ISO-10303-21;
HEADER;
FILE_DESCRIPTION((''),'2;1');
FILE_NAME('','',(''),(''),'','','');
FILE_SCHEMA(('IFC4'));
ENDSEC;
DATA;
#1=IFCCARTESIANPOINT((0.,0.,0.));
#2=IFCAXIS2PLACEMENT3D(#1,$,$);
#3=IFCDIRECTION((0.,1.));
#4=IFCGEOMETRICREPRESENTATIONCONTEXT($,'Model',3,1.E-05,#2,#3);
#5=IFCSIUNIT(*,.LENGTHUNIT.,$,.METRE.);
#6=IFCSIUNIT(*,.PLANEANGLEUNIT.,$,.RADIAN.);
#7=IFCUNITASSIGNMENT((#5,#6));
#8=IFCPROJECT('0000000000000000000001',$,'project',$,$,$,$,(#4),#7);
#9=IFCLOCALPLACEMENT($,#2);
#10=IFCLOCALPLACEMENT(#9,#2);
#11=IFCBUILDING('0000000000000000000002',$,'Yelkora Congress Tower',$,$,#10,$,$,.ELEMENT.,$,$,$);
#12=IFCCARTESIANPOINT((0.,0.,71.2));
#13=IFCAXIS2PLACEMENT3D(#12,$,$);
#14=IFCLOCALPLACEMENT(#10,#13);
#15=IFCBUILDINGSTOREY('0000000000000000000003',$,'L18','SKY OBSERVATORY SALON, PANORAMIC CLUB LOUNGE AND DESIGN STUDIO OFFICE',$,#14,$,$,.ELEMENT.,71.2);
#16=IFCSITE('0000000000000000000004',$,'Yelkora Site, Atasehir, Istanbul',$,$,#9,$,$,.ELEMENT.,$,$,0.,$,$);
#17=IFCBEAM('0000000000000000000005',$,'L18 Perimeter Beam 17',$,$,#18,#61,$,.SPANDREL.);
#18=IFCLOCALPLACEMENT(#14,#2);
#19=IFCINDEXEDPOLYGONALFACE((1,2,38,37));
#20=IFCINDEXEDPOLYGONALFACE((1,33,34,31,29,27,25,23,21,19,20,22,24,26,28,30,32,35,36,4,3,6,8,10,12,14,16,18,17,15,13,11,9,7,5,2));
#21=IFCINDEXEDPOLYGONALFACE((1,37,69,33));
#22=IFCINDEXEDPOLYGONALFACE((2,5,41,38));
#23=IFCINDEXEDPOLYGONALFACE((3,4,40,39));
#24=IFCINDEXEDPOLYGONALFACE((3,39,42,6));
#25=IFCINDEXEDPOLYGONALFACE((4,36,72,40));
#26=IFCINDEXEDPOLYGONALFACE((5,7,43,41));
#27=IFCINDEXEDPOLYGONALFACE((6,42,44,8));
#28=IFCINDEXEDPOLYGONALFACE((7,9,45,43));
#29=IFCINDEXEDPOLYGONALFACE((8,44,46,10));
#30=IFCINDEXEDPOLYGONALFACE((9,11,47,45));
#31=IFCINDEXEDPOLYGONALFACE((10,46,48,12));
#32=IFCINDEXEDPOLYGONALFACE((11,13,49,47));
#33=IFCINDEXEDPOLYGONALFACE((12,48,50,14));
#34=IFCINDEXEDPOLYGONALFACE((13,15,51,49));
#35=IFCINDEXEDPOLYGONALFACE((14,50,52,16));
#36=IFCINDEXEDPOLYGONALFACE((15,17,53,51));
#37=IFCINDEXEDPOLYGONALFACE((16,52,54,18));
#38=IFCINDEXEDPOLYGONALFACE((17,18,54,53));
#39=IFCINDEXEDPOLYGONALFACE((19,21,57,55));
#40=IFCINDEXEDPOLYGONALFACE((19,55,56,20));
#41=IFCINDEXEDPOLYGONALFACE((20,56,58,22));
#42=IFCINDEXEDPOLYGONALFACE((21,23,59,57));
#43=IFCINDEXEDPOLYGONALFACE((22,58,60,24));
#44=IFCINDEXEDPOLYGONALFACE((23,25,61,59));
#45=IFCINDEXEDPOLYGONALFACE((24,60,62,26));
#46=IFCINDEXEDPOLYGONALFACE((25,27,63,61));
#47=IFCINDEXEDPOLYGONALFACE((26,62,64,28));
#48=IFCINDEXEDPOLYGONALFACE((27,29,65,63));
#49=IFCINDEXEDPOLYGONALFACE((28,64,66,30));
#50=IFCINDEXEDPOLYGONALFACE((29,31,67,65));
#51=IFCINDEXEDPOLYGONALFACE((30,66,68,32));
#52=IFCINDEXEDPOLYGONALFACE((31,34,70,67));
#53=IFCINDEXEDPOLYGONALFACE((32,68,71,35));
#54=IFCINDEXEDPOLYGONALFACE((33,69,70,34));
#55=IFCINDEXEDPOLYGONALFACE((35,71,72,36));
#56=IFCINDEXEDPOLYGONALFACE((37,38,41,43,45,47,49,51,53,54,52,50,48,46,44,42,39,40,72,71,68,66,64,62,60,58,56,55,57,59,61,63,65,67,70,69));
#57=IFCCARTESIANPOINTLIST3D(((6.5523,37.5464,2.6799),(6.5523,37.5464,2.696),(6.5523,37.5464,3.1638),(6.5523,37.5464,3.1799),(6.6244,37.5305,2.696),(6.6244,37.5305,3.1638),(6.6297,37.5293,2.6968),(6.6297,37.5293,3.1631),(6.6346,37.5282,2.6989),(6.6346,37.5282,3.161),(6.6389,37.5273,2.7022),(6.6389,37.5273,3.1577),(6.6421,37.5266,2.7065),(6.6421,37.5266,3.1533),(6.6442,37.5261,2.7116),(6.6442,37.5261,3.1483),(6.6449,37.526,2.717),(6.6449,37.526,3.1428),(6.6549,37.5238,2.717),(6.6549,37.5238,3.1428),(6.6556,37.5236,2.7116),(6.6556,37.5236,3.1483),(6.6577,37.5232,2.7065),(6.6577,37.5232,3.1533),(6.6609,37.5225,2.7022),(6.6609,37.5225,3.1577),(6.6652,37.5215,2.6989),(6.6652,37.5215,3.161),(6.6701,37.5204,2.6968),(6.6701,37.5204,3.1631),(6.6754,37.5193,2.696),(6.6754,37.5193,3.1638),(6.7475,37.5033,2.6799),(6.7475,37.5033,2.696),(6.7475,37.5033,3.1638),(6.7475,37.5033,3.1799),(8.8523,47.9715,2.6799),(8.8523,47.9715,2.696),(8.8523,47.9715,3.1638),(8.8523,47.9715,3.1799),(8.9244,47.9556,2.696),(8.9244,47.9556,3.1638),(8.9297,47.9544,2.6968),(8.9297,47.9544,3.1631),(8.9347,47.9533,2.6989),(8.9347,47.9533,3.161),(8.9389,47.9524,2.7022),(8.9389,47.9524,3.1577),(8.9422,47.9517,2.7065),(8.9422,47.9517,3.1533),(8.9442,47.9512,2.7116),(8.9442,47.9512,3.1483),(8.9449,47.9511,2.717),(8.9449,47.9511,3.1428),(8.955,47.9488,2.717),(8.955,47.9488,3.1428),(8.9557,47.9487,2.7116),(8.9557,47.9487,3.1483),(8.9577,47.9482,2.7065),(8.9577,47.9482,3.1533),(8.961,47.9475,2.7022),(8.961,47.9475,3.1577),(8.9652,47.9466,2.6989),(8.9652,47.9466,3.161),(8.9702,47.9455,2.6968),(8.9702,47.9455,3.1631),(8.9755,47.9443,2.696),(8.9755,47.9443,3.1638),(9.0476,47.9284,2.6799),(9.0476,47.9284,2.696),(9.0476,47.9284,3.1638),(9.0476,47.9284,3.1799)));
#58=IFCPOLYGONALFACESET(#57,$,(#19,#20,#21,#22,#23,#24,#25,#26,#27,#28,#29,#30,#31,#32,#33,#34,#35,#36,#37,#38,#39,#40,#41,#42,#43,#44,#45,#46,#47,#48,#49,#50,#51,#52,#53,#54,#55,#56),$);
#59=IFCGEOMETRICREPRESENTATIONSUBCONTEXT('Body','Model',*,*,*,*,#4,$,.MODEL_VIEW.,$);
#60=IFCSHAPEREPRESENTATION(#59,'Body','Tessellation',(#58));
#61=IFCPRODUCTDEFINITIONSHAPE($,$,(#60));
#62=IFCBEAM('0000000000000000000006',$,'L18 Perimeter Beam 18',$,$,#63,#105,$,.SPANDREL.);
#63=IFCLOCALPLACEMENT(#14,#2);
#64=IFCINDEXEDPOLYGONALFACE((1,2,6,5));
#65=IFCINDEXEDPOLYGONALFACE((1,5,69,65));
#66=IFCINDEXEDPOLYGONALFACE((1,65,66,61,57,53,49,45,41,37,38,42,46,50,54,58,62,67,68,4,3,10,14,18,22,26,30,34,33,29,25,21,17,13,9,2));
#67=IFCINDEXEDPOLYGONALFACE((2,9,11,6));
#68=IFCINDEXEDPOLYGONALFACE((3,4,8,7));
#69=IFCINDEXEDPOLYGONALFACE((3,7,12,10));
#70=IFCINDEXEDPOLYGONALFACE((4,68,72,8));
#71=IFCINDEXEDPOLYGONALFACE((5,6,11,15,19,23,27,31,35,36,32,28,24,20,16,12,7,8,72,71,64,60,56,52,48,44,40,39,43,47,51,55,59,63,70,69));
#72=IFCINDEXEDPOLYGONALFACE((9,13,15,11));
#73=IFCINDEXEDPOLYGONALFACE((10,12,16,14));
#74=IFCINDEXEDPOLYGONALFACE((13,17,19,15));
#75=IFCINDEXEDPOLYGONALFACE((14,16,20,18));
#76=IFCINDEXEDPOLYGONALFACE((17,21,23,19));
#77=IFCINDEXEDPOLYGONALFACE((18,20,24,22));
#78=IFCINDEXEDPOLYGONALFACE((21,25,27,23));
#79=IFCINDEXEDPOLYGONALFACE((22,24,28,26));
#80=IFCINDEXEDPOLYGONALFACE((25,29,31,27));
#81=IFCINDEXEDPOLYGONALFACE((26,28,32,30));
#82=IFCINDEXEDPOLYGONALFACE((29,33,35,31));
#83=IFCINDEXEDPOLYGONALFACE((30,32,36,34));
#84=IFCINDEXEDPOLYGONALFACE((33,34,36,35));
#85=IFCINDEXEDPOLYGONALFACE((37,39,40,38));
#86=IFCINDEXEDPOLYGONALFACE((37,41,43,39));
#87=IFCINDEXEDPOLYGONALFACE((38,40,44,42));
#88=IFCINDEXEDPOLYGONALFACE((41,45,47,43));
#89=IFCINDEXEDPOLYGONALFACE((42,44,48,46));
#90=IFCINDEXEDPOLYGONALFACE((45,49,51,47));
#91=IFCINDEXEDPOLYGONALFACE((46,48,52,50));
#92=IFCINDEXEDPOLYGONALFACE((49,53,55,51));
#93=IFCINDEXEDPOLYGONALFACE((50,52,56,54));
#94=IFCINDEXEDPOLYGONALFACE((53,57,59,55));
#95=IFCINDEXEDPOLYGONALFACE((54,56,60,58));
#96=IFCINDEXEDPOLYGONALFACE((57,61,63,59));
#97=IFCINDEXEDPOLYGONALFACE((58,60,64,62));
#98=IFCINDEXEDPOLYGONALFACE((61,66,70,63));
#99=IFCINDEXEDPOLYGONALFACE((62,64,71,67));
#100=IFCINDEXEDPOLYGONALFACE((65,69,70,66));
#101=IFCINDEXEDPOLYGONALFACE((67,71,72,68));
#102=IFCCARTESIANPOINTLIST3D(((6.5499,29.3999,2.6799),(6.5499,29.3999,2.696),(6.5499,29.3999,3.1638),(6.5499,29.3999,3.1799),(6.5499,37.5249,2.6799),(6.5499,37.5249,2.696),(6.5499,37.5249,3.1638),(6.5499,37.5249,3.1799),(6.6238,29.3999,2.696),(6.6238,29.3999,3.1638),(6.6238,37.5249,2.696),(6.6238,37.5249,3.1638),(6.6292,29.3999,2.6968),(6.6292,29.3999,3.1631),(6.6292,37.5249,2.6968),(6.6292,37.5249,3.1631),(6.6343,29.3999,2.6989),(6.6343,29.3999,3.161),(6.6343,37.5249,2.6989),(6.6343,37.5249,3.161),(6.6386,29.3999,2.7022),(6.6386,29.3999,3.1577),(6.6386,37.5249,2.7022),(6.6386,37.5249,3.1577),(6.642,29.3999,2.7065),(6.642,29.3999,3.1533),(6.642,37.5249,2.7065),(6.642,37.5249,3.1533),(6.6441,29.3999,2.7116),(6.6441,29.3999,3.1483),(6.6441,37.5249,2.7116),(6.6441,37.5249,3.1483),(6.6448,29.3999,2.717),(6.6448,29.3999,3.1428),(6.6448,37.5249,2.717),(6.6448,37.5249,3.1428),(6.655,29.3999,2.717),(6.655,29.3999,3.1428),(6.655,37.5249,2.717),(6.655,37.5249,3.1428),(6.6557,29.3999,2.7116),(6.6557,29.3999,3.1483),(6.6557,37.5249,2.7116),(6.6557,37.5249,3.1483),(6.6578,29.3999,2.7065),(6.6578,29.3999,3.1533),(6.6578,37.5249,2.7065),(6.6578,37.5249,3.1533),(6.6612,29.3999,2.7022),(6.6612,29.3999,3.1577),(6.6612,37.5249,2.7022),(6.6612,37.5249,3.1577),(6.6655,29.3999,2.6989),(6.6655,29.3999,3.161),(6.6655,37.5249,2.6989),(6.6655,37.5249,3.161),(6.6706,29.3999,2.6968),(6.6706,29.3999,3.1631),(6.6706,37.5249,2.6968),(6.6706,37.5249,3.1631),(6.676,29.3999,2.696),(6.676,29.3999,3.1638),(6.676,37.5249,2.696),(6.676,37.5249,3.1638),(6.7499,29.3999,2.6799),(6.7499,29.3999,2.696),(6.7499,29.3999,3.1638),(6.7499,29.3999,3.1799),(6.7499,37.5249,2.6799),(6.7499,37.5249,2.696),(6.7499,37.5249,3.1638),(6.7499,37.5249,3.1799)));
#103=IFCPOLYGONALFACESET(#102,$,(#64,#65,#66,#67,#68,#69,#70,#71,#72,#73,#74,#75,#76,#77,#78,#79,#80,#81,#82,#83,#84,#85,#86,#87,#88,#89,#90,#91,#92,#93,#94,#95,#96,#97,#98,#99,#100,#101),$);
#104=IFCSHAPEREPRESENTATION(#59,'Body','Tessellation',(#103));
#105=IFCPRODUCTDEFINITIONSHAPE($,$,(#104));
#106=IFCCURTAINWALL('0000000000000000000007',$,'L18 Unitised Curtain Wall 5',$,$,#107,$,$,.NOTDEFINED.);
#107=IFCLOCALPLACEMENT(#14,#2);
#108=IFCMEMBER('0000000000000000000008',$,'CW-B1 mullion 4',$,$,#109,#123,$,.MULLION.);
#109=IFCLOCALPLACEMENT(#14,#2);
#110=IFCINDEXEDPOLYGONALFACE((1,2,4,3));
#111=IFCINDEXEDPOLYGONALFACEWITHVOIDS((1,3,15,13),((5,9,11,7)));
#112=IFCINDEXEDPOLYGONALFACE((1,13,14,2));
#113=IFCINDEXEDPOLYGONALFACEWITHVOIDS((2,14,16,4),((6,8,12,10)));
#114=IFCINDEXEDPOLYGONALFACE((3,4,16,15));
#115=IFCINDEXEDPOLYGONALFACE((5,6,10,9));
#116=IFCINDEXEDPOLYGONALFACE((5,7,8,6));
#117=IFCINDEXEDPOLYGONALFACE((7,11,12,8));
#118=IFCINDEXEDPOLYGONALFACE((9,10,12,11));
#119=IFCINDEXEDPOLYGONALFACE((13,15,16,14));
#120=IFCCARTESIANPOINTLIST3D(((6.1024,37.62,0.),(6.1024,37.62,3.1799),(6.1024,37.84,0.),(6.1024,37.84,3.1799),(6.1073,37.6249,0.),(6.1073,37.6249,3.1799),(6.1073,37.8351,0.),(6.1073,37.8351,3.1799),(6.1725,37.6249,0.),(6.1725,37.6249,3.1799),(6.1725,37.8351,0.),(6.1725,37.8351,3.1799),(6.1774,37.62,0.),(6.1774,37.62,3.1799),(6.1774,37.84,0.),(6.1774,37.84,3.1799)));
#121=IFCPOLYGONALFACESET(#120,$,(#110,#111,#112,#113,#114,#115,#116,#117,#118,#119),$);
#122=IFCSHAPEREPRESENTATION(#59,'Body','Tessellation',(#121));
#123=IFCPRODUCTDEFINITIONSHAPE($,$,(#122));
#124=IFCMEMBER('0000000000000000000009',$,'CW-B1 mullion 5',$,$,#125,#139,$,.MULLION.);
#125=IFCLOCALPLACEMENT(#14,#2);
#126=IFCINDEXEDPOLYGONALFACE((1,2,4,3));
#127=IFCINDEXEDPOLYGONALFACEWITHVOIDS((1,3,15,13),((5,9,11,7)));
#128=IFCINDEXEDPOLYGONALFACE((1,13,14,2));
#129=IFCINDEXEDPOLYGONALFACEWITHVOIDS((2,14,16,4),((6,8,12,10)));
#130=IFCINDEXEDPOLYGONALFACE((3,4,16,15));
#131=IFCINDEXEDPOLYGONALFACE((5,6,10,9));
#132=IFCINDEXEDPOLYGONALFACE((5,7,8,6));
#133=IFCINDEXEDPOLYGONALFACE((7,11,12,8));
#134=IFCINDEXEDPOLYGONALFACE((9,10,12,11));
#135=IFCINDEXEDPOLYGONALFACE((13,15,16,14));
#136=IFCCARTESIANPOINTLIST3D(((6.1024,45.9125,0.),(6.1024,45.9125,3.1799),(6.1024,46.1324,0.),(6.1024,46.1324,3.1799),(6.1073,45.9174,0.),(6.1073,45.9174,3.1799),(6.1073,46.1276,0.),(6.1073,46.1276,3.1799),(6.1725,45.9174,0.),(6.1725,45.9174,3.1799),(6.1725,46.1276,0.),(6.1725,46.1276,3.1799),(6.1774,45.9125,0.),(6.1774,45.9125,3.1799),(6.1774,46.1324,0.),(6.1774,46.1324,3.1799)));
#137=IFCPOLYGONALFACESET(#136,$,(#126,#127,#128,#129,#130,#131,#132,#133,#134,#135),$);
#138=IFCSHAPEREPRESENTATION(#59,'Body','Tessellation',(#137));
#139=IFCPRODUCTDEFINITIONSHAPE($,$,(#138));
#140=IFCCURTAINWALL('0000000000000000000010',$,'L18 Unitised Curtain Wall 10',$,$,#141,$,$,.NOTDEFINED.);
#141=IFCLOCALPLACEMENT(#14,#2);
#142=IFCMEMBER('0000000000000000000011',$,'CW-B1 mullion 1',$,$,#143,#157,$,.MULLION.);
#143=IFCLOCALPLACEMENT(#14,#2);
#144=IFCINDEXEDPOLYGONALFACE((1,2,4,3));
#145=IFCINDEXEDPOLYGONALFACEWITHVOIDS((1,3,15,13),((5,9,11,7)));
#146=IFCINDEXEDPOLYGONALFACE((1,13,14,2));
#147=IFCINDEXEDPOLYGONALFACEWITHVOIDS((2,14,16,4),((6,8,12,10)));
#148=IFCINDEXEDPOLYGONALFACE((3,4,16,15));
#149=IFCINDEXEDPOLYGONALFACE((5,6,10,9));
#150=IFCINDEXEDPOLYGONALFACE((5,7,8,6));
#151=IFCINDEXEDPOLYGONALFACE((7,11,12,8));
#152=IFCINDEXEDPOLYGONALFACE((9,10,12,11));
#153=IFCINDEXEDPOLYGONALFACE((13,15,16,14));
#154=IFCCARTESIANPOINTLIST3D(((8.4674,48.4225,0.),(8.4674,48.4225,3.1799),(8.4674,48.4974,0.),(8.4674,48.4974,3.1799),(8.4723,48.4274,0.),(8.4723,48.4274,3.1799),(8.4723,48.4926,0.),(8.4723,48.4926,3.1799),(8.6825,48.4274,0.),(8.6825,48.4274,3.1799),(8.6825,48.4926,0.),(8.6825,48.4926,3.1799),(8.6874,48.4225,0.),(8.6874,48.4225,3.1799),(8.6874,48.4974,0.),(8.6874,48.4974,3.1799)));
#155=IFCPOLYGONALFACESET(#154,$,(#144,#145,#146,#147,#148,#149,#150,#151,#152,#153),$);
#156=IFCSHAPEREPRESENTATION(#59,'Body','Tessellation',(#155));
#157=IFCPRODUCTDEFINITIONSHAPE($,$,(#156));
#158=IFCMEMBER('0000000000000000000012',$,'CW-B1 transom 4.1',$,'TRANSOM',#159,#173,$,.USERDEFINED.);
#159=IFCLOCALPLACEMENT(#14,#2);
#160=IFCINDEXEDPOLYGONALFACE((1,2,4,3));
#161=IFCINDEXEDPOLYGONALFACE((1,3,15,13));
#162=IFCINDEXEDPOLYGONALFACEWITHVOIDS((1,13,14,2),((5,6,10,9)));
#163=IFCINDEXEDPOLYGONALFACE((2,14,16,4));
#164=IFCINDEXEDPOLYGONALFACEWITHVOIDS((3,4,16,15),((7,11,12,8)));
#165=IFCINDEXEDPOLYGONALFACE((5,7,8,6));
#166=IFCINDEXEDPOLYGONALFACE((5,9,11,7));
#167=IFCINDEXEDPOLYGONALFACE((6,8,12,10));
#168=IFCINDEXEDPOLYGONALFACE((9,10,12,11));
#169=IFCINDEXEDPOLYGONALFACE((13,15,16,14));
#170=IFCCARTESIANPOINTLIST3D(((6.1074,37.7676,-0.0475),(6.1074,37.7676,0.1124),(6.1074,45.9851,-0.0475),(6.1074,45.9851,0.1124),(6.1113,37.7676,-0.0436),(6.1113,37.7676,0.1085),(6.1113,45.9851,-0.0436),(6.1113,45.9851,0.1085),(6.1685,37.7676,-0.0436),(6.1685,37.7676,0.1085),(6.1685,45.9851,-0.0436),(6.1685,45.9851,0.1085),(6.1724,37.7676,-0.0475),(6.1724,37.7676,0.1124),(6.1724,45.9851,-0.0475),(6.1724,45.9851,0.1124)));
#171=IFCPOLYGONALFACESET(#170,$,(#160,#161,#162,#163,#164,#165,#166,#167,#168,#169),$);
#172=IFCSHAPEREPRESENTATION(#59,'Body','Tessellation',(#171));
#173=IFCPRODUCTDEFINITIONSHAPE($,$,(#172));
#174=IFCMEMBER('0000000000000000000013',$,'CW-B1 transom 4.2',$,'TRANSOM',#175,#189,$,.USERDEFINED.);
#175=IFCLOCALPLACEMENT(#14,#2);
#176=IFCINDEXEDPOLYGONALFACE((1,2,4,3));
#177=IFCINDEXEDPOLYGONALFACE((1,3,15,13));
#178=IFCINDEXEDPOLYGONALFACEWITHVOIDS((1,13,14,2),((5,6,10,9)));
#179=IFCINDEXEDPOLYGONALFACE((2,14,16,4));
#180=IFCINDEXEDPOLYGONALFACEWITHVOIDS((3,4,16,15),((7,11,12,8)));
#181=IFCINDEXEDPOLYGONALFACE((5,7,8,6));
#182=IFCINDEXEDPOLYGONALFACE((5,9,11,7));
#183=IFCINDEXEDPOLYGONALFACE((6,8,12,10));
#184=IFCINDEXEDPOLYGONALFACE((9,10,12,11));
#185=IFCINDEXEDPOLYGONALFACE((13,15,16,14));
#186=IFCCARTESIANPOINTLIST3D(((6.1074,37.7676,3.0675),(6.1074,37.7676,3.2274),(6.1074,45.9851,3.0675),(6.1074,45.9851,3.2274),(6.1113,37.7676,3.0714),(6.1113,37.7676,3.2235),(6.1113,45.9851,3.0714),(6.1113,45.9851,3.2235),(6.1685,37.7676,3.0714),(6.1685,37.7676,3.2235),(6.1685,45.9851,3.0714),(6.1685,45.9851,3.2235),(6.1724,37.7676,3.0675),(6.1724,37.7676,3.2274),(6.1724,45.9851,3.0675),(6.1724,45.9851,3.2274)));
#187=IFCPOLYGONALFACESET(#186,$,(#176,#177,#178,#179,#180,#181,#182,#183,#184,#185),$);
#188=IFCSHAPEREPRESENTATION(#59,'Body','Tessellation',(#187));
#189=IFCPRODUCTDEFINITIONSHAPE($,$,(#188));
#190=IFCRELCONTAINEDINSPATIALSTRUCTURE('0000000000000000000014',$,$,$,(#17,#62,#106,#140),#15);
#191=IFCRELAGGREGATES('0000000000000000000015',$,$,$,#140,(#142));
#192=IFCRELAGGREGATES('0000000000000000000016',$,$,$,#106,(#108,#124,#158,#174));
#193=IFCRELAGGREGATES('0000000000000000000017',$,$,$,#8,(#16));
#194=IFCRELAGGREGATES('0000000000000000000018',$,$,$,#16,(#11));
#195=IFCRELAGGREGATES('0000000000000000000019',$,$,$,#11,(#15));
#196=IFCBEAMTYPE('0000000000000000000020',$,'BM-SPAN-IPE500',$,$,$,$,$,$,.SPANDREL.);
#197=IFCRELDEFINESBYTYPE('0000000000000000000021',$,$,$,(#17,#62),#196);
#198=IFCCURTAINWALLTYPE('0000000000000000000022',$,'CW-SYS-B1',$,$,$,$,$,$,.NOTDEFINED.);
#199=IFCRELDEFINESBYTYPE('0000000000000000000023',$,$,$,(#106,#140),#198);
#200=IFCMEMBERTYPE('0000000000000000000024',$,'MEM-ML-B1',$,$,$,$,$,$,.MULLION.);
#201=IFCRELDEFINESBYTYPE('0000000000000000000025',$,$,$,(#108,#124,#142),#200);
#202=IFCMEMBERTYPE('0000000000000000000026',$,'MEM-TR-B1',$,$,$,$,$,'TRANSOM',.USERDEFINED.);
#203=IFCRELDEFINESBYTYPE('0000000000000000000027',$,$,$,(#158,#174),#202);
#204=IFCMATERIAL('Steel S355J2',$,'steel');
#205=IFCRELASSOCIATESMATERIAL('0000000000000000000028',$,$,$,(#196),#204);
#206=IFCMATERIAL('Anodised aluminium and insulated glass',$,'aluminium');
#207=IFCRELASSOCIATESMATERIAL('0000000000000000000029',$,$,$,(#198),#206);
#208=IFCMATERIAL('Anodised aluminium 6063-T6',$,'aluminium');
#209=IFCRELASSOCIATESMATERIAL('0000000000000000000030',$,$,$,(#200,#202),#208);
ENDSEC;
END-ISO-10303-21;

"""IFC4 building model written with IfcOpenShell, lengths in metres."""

from ifc_helpers import new_model, si_unit, direction, frame, origin, origin_2d, place, context, subcontext, project, spatial, hollow_rectangle, i_section, extrude, material, material_profile, profile_set, type_object, element, aggregate, save


model = new_model("IFC4")

# Units and contexts
model_context = context("Model", 3, precision=1e-05, world=origin(), true_north=direction((0.0, 1.0)))
body_context = subcontext(model_context, "Body", "Model", "MODEL_VIEW")
ifc_project = project(units=[si_unit("LENGTHUNIT", "METRE"), si_unit("PLANEANGLEUNIT", "RADIAN")], contexts=[model_context])

# Site, building, storey
site_placement = place(None, origin())
site = spatial("IfcSite", under=ifc_project, at=site_placement, Name="Yelkora Site, Atasehir, Istanbul", CompositionType="ELEMENT", RefElevation=0.0)
building_placement = place(site_placement, origin())
building = spatial("IfcBuilding", under=site, at=building_placement, Name="Yelkora Congress Tower", CompositionType="ELEMENT")
storey_placement = place(building_placement, frame((0.0, 0.0, 71.2)))
storey = spatial("IfcBuildingStorey", under=building, at=storey_placement, Name="L18", Description="SKY OBSERVATORY SALON, PANORAMIC CLUB LOUNGE AND DESIGN STUDIO OFFICE", CompositionType="ELEMENT", Elevation=71.2)

# Beams
ifc_material_1 = material(Name="Steel S355J2", Category="steel")
ifc_material_profile_1 = material_profile(ifc_material_1, i_section(OverallWidth=0.2, OverallDepth=0.5, WebThickness=0.0103, FlangeThickness=0.0161, FilletRadius=0.021, at=origin_2d()), Name="IPE 500")
ifc_profile_set_1 = profile_set([ifc_material_profile_1], Name="Steel S355J2")
beam_type_1 = type_object("IfcBeamType", Name="BM-SPAN-IPE500", PredefinedType="SPANDREL", material=ifc_profile_set_1)
beam_1_placement = place(storey_placement, frame((8.95, 47.95, 2.9299), z_axis=(-0.215446, -0.976516, 0.0), x_axis=(0.976516, -0.215446, 0.0)))
element("IfcBeam", 1, at=beam_1_placement, inside=storey, type_object=beam_type_1, Name="L18 Perimeter Beam 17", PredefinedType="SPANDREL", context=body_context, shape_type="SweptSolid", body=[
    extrude(i_section(OverallWidth=0.2, OverallDepth=0.5, WebThickness=0.0103, FlangeThickness=0.0161, FilletRadius=0.021, at=origin_2d()), origin(), (0.0, 0.0, 1.0), 10.6758),
])
beam_2_placement = place(storey_placement, frame((6.6499, 37.5249, 2.9299), z_axis=(0.0, -1.0, 0.0), x_axis=(1.0, 0.0, 0.0)))
element("IfcBeam", 2, at=beam_2_placement, inside=storey, type_object=beam_type_1, Name="L18 Perimeter Beam 18", PredefinedType="SPANDREL", context=body_context, shape_type="SweptSolid", body=[
    extrude(i_section(OverallWidth=0.2, OverallDepth=0.5, WebThickness=0.0103, FlangeThickness=0.0161, FilletRadius=0.021, at=origin_2d()), origin(), (0.0, 0.0, 1.0), 8.125),
])

# Curtain wall, members
ifc_material_2 = material(Name="Anodised aluminium and insulated glass", Category="aluminium")
curtain_wall_type = type_object("IfcCurtainWallType", Name="CW-SYS-B1", PredefinedType="NOTDEFINED", material=ifc_material_2)
curtain_wall_1_placement = place(storey_placement, origin())
curtain_wall_1 = element("IfcCurtainWall", 3, at=curtain_wall_1_placement, inside=storey, type_object=curtain_wall_type, Name="L18 Unitised Curtain Wall 5", PredefinedType="NOTDEFINED")
ifc_material_3 = material(Name="Anodised aluminium 6063-T6", Category="aluminium")
ifc_material_profile_2 = material_profile(ifc_material_3, hollow_rectangle(XDim=0.075, YDim=0.22, WallThickness=0.0049, at=origin_2d()), Name="ALU 75x220x5")
ifc_profile_set_2 = profile_set([ifc_material_profile_2], Name="Anodised aluminium 6063-T6")
member_type_1 = type_object("IfcMemberType", Name="MEM-ML-B1", PredefinedType="MULLION", material=ifc_profile_set_2)
member_1_placement = place(storey_placement, frame((6.1399, 37.73, 0.0), z_axis=(0.0, 0.0, 1.0), x_axis=(-1.0, 0.0, 0.0)))
member_1 = element("IfcMember", 4, at=member_1_placement, type_object=member_type_1, Name="CW-B1 mullion 4", PredefinedType="MULLION", context=body_context, shape_type="SweptSolid", body=[
    extrude(hollow_rectangle(XDim=0.075, YDim=0.22, WallThickness=0.0049, at=origin_2d()), origin(), (0.0, 0.0, 1.0), 3.1799),
])
member_2_placement = place(storey_placement, frame((6.1399, 46.0225, 0.0), z_axis=(0.0, 0.0, 1.0), x_axis=(-1.0, 0.0, 0.0)))
member_2 = element("IfcMember", 5, at=member_2_placement, type_object=member_type_1, Name="CW-B1 mullion 5", PredefinedType="MULLION", context=body_context, shape_type="SweptSolid", body=[
    extrude(hollow_rectangle(XDim=0.075, YDim=0.22, WallThickness=0.0049, at=origin_2d()), origin(), (0.0, 0.0, 1.0), 3.1799),
])

# Curtain wall, member
curtain_wall_2_placement = place(storey_placement, origin())
curtain_wall_2 = element("IfcCurtainWall", 6, at=curtain_wall_2_placement, inside=storey, type_object=curtain_wall_type, Name="L18 Unitised Curtain Wall 10", PredefinedType="NOTDEFINED")
member_3_placement = place(storey_placement, frame((8.5774, 48.46, 0.0), z_axis=(0.0, 0.0, 1.0), x_axis=(0.0, 1.0, 0.0)))
member_3 = element("IfcMember", 7, at=member_3_placement, type_object=member_type_1, Name="CW-B1 mullion 1", PredefinedType="MULLION", context=body_context, shape_type="SweptSolid", body=[
    extrude(hollow_rectangle(XDim=0.075, YDim=0.22, WallThickness=0.0049, at=origin_2d()), origin(), (0.0, 0.0, 1.0), 3.1799),
])

# Members
ifc_material_profile_3 = material_profile(ifc_material_3, hollow_rectangle(XDim=0.0649, YDim=0.1599, WallThickness=0.0039, at=origin_2d()), Name="ALU 65x160x4")
ifc_profile_set_3 = profile_set([ifc_material_profile_3], Name="Anodised aluminium 6063-T6")
member_type_2 = type_object("IfcMemberType", Name="MEM-TR-B1", ElementType="TRANSOM", PredefinedType="USERDEFINED", material=ifc_profile_set_3)
member_4_placement = place(storey_placement, frame((6.1399, 37.7676, 0.0325), z_axis=(0.0, 1.0, 0.0), x_axis=(-1.0, 0.0, 0.0)))
member_4 = element("IfcMember", 8, at=member_4_placement, type_object=member_type_2, Name="CW-B1 transom 4.1", ObjectType="TRANSOM", PredefinedType="USERDEFINED", context=body_context, shape_type="SweptSolid", body=[
    extrude(hollow_rectangle(XDim=0.0649, YDim=0.1599, WallThickness=0.0039, at=origin_2d()), origin(), (0.0, 0.0, 1.0), 8.2175),
])
member_5_placement = place(storey_placement, frame((6.1399, 37.7676, 3.1475), z_axis=(0.0, 1.0, 0.0), x_axis=(-1.0, 0.0, 0.0)))
member_5 = element("IfcMember", 9, at=member_5_placement, type_object=member_type_2, Name="CW-B1 transom 4.2", ObjectType="TRANSOM", PredefinedType="USERDEFINED", context=body_context, shape_type="SweptSolid", body=[
    extrude(hollow_rectangle(XDim=0.0649, YDim=0.1599, WallThickness=0.0039, at=origin_2d()), origin(), (0.0, 0.0, 1.0), 8.2175),
])
aggregate(curtain_wall_2, [member_3])

aggregate(curtain_wall_1, [member_1, member_2, member_4, member_5])

save(model, "model.ifc")
